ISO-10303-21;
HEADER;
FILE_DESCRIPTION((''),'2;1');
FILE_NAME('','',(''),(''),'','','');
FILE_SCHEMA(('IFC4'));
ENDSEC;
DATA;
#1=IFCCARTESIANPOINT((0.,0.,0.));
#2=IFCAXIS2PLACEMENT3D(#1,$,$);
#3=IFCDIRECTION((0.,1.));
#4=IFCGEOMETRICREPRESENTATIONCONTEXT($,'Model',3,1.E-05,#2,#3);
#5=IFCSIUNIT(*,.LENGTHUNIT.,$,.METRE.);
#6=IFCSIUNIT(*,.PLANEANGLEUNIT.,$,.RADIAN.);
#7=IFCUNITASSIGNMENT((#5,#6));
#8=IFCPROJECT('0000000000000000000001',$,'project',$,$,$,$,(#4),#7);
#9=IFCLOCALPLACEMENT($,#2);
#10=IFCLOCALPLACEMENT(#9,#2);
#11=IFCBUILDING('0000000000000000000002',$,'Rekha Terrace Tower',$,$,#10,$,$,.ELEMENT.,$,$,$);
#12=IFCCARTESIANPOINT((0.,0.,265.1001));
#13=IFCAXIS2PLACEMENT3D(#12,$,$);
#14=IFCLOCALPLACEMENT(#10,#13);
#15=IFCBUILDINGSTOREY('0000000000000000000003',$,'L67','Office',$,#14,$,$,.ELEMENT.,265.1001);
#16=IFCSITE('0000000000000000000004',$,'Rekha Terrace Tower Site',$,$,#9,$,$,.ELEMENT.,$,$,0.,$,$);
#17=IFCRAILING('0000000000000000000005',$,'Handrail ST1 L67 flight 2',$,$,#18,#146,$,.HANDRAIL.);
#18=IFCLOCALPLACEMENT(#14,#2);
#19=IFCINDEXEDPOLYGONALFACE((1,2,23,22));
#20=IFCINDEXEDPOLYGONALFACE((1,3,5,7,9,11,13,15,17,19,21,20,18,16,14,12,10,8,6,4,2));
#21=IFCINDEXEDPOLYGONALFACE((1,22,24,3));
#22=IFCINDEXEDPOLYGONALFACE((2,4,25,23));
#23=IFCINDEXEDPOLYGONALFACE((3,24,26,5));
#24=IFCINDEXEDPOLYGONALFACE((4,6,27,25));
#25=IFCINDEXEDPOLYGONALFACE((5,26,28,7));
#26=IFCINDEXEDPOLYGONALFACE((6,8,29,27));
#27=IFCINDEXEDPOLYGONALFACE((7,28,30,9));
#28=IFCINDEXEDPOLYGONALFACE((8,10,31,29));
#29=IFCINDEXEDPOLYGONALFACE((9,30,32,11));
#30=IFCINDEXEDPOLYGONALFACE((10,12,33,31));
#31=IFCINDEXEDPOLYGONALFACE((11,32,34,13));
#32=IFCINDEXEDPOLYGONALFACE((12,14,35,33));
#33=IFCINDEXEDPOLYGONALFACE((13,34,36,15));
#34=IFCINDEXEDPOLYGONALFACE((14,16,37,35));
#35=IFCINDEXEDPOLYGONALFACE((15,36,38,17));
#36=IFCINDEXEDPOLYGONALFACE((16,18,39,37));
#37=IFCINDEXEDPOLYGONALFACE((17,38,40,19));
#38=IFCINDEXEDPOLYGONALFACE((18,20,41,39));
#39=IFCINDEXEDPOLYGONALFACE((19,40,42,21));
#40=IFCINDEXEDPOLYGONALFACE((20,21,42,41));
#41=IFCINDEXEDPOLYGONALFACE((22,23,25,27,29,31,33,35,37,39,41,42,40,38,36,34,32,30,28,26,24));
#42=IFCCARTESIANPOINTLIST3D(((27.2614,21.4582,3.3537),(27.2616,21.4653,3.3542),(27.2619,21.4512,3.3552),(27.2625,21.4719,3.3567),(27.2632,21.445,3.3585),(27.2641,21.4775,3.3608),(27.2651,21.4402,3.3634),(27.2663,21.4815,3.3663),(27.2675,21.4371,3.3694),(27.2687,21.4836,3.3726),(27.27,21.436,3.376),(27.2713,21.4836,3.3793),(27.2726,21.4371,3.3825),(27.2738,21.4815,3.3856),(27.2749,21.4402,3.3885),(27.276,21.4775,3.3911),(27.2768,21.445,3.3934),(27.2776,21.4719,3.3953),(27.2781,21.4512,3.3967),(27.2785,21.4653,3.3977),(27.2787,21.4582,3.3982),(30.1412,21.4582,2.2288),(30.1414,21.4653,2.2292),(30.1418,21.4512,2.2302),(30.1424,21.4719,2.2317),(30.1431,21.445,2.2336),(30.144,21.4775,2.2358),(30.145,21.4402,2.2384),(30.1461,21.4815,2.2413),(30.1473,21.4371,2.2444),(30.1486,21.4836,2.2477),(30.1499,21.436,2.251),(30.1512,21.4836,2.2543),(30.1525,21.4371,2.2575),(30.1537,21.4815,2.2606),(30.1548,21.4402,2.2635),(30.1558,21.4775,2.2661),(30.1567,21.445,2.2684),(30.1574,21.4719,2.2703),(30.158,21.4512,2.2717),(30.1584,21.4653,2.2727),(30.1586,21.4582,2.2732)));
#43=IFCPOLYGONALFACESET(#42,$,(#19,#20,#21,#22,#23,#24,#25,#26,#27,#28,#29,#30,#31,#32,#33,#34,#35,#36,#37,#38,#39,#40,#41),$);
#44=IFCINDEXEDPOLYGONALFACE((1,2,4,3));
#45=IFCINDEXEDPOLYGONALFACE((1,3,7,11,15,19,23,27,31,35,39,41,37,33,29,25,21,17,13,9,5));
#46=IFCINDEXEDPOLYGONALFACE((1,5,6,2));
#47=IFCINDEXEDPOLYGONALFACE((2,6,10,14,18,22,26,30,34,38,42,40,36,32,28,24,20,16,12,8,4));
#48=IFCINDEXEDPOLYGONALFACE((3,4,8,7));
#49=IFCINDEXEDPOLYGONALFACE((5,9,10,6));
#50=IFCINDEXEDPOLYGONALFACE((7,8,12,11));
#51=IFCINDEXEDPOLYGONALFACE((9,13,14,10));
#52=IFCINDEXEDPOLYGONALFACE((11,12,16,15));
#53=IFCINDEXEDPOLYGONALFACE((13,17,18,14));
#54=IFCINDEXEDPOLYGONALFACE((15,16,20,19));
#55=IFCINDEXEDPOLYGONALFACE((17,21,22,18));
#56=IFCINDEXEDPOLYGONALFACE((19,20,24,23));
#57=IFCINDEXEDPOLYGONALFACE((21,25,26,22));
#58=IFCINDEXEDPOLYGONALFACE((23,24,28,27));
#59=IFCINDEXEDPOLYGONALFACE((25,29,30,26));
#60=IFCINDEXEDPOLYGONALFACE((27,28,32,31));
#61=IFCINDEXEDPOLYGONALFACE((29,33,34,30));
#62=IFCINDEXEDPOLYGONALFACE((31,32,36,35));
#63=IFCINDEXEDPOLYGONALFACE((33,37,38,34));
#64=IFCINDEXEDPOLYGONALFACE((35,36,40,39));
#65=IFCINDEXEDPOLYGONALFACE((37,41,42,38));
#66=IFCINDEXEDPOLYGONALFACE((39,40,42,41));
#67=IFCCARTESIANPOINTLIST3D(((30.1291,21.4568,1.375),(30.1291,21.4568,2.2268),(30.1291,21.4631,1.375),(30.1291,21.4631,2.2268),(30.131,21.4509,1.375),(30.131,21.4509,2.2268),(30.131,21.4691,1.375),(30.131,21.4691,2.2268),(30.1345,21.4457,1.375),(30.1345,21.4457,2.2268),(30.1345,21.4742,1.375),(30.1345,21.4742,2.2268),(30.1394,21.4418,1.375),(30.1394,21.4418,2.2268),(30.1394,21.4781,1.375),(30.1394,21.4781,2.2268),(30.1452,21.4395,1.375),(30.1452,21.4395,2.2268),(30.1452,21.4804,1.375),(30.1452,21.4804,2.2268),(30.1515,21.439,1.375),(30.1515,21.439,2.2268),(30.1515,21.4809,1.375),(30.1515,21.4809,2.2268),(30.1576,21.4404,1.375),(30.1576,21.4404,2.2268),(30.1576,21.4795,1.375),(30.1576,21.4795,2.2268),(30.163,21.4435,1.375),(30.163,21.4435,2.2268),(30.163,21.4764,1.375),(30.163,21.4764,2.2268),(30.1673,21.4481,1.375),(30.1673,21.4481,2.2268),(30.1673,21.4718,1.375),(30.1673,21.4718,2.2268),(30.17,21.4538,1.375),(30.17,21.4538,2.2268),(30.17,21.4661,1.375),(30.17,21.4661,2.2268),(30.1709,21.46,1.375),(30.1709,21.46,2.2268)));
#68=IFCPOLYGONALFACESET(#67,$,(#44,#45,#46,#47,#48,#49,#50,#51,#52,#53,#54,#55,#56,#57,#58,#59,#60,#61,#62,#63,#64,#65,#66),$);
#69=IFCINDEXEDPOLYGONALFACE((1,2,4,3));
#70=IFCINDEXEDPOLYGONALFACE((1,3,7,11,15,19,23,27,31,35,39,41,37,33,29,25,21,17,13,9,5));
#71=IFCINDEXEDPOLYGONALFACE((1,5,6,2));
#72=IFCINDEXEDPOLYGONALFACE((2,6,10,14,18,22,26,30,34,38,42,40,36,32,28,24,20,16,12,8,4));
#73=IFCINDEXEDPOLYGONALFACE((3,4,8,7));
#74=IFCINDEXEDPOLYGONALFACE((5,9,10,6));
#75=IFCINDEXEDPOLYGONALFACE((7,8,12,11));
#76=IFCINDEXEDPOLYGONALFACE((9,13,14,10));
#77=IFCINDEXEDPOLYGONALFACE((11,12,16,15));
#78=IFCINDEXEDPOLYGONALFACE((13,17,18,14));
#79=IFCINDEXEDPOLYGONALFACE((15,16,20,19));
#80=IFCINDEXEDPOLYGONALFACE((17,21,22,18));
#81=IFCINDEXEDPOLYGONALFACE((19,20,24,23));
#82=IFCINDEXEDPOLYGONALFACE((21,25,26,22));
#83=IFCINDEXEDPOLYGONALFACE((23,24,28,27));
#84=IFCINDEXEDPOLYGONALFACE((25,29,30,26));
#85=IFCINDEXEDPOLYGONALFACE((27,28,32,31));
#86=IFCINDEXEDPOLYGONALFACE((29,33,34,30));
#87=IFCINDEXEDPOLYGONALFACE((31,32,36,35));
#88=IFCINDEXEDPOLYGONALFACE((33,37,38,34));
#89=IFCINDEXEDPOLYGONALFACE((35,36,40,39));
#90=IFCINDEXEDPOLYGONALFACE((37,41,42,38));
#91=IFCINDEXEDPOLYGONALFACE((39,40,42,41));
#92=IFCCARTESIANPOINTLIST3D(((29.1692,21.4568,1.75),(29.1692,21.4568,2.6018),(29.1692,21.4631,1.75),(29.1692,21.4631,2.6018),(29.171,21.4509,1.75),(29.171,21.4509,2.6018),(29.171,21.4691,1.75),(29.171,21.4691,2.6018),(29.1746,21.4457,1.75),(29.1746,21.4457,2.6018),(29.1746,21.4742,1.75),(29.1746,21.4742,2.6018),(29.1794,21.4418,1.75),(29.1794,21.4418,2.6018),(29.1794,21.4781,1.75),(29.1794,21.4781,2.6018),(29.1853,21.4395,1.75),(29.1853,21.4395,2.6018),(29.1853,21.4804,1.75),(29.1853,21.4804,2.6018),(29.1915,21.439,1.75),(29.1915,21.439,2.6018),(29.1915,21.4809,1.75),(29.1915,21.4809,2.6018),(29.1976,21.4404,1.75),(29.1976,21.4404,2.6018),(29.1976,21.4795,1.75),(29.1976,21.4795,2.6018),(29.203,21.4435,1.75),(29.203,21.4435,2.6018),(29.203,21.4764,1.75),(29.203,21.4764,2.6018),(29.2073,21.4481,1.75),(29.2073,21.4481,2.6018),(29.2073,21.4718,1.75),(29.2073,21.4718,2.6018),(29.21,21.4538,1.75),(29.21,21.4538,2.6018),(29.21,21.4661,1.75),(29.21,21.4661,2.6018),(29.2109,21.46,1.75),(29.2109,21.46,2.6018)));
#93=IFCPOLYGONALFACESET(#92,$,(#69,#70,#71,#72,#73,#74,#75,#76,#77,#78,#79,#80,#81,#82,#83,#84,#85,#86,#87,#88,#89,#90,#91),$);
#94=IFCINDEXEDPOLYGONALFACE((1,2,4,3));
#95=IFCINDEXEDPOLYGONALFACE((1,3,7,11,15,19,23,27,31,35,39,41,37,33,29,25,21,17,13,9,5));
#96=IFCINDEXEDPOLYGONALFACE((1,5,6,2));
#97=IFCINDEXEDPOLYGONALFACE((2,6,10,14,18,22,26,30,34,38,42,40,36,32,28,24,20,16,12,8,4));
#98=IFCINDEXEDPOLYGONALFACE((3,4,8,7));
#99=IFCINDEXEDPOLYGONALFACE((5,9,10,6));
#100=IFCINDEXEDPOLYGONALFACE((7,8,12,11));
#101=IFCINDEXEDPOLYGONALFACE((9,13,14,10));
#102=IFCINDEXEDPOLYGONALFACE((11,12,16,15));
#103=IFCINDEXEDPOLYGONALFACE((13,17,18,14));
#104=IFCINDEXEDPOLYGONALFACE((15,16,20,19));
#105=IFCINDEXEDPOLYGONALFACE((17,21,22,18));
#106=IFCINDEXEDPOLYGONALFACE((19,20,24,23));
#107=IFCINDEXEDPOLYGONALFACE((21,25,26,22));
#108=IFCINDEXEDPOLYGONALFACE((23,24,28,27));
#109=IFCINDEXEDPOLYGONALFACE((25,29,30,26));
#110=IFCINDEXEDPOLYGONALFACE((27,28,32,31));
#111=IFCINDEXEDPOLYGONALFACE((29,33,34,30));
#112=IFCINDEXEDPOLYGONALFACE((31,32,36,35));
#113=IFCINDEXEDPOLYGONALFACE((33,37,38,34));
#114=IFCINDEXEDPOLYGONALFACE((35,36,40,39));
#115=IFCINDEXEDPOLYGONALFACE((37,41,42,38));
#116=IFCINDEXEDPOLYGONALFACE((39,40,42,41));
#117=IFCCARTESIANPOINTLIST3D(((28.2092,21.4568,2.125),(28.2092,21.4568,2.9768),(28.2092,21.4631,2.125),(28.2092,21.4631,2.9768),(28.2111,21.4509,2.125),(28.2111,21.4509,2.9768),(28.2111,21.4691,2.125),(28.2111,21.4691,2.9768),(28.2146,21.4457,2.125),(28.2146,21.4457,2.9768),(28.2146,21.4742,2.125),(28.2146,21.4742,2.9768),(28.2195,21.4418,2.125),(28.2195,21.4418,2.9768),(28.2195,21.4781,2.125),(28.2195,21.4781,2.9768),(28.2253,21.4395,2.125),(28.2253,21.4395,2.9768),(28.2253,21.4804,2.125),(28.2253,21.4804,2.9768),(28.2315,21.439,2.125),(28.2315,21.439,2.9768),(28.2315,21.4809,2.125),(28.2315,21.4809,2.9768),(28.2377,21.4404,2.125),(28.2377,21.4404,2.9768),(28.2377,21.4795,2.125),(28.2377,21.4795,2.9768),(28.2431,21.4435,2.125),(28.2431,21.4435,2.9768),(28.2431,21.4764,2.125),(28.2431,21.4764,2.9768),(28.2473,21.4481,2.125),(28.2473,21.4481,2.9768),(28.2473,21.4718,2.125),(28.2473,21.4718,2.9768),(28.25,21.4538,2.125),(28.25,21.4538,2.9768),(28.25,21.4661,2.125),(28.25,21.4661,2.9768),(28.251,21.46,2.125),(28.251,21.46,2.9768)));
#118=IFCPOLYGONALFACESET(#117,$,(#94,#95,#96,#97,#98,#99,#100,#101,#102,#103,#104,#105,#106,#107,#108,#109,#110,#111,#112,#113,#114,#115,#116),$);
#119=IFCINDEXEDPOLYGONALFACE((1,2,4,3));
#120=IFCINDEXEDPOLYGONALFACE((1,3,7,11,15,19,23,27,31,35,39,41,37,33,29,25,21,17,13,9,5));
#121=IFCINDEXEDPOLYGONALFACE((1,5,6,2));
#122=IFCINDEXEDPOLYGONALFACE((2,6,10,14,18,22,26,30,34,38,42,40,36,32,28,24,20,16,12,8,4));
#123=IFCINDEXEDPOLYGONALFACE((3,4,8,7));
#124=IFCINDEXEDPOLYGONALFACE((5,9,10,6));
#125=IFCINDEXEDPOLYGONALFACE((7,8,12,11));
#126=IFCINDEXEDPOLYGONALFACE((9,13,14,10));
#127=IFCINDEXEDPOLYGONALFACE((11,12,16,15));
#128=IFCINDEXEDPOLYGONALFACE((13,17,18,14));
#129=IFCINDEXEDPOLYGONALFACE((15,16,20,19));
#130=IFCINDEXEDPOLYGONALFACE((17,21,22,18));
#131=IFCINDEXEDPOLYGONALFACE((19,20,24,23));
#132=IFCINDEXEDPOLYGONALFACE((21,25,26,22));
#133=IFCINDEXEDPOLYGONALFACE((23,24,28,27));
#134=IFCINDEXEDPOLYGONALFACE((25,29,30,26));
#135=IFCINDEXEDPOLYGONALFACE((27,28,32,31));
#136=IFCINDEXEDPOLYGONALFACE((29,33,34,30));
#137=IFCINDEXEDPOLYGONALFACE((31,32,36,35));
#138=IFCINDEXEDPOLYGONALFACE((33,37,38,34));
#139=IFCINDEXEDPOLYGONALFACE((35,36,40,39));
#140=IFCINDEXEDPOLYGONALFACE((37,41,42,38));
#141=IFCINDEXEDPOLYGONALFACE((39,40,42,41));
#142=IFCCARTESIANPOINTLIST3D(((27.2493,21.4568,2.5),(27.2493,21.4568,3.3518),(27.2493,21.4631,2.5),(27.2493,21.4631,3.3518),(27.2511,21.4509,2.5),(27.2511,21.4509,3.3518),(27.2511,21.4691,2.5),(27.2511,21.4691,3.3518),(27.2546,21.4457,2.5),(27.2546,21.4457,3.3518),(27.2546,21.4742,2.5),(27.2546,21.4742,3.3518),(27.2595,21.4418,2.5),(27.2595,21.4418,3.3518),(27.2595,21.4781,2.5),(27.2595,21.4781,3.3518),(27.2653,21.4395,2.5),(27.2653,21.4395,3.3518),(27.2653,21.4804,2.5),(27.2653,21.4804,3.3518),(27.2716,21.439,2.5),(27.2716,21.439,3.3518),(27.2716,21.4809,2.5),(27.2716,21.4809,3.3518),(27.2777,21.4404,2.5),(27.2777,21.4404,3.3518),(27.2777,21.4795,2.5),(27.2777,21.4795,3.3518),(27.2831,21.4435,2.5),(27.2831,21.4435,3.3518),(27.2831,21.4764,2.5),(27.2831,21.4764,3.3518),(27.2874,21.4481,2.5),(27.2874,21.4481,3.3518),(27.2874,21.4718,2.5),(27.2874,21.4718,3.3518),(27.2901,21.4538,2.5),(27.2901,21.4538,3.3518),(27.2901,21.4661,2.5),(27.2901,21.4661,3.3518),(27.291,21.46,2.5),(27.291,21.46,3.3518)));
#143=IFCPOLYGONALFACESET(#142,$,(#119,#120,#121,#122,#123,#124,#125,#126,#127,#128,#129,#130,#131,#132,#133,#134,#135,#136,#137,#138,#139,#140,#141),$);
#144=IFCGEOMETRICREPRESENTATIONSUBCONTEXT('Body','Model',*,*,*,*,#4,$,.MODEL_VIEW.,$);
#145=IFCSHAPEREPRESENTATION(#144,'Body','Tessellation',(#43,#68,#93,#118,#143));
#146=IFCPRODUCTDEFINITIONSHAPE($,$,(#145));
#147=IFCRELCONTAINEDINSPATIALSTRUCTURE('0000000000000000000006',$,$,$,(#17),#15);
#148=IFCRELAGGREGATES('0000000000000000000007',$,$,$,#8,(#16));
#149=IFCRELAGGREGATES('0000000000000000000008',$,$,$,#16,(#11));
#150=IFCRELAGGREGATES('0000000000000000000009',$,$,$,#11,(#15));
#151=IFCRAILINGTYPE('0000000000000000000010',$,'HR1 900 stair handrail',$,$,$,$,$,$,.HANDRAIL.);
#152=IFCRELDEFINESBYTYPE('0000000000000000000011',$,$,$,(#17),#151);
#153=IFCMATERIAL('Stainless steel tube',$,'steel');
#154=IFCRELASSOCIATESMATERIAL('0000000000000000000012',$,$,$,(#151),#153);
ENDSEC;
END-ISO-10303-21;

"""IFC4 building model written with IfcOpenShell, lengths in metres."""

from ifc_helpers import new_model, si_unit, direction, frame, origin, origin_2d, place, context, subcontext, project, spatial, circle, extrude, material, type_object, element, save


model = new_model("IFC4")

# Units and contexts
model_context = context("Model", 3, precision=1e-05, world=origin(), true_north=direction((0.0, 1.0)))
body_context = subcontext(model_context, "Body", "Model", "MODEL_VIEW")
ifc_project = project(units=[si_unit("LENGTHUNIT", "METRE"), si_unit("PLANEANGLEUNIT", "RADIAN")], contexts=[model_context])

# Site, building, storey
site_placement = place(None, origin())
site = spatial("IfcSite", under=ifc_project, at=site_placement, Name="Rekha Terrace Tower Site", CompositionType="ELEMENT", RefElevation=0.0)
building_placement = place(site_placement, origin())
building = spatial("IfcBuilding", under=site, at=building_placement, Name="Rekha Terrace Tower", CompositionType="ELEMENT")
storey_placement = place(building_placement, frame((0.0, 0.0, 265.1001)))
storey = spatial("IfcBuildingStorey", under=building, at=storey_placement, Name="L67", Description="Office", CompositionType="ELEMENT", Elevation=265.1001)

# Railing
ifc_material_1 = material(Name="Stainless steel tube", Category="steel")
railing_type = type_object("IfcRailingType", Name="HR1 900 stair handrail", PredefinedType="HANDRAIL", material=ifc_material_1)
railing_placement = place(storey_placement, frame((30.1499, 21.46, 1.375)))
element("IfcRailing", 1, at=railing_placement, inside=storey, type_object=railing_type, Name="Handrail ST1 L67 flight 2", PredefinedType="HANDRAIL", context=body_context, shape_type="SweptSolid", body=[
    extrude(circle(Radius=0.0239, at=origin_2d()), frame((0.0, 0.0, 0.876), z_axis=(-0.931452, 0.0, 0.363863), x_axis=(0.0, -1.0, 0.0)), (0.0, 0.0, 1.0), 3.0918),
    extrude(circle(Radius=0.021, at=origin_2d()), origin(), (0.0, 0.0, 1.0), 0.8518),
    extrude(circle(Radius=0.021, at=origin_2d()), frame((-0.96, 0.0, 0.375)), (0.0, 0.0, 1.0), 0.8518),
    extrude(circle(Radius=0.021, at=origin_2d()), frame((-1.9199, 0.0, 0.75)), (0.0, 0.0, 1.0), 0.8518),
    extrude(circle(Radius=0.021, at=origin_2d()), frame((-2.8799, 0.0, 1.125)), (0.0, 0.0, 1.0), 0.8518),
])

save(model, "model.ifc")
